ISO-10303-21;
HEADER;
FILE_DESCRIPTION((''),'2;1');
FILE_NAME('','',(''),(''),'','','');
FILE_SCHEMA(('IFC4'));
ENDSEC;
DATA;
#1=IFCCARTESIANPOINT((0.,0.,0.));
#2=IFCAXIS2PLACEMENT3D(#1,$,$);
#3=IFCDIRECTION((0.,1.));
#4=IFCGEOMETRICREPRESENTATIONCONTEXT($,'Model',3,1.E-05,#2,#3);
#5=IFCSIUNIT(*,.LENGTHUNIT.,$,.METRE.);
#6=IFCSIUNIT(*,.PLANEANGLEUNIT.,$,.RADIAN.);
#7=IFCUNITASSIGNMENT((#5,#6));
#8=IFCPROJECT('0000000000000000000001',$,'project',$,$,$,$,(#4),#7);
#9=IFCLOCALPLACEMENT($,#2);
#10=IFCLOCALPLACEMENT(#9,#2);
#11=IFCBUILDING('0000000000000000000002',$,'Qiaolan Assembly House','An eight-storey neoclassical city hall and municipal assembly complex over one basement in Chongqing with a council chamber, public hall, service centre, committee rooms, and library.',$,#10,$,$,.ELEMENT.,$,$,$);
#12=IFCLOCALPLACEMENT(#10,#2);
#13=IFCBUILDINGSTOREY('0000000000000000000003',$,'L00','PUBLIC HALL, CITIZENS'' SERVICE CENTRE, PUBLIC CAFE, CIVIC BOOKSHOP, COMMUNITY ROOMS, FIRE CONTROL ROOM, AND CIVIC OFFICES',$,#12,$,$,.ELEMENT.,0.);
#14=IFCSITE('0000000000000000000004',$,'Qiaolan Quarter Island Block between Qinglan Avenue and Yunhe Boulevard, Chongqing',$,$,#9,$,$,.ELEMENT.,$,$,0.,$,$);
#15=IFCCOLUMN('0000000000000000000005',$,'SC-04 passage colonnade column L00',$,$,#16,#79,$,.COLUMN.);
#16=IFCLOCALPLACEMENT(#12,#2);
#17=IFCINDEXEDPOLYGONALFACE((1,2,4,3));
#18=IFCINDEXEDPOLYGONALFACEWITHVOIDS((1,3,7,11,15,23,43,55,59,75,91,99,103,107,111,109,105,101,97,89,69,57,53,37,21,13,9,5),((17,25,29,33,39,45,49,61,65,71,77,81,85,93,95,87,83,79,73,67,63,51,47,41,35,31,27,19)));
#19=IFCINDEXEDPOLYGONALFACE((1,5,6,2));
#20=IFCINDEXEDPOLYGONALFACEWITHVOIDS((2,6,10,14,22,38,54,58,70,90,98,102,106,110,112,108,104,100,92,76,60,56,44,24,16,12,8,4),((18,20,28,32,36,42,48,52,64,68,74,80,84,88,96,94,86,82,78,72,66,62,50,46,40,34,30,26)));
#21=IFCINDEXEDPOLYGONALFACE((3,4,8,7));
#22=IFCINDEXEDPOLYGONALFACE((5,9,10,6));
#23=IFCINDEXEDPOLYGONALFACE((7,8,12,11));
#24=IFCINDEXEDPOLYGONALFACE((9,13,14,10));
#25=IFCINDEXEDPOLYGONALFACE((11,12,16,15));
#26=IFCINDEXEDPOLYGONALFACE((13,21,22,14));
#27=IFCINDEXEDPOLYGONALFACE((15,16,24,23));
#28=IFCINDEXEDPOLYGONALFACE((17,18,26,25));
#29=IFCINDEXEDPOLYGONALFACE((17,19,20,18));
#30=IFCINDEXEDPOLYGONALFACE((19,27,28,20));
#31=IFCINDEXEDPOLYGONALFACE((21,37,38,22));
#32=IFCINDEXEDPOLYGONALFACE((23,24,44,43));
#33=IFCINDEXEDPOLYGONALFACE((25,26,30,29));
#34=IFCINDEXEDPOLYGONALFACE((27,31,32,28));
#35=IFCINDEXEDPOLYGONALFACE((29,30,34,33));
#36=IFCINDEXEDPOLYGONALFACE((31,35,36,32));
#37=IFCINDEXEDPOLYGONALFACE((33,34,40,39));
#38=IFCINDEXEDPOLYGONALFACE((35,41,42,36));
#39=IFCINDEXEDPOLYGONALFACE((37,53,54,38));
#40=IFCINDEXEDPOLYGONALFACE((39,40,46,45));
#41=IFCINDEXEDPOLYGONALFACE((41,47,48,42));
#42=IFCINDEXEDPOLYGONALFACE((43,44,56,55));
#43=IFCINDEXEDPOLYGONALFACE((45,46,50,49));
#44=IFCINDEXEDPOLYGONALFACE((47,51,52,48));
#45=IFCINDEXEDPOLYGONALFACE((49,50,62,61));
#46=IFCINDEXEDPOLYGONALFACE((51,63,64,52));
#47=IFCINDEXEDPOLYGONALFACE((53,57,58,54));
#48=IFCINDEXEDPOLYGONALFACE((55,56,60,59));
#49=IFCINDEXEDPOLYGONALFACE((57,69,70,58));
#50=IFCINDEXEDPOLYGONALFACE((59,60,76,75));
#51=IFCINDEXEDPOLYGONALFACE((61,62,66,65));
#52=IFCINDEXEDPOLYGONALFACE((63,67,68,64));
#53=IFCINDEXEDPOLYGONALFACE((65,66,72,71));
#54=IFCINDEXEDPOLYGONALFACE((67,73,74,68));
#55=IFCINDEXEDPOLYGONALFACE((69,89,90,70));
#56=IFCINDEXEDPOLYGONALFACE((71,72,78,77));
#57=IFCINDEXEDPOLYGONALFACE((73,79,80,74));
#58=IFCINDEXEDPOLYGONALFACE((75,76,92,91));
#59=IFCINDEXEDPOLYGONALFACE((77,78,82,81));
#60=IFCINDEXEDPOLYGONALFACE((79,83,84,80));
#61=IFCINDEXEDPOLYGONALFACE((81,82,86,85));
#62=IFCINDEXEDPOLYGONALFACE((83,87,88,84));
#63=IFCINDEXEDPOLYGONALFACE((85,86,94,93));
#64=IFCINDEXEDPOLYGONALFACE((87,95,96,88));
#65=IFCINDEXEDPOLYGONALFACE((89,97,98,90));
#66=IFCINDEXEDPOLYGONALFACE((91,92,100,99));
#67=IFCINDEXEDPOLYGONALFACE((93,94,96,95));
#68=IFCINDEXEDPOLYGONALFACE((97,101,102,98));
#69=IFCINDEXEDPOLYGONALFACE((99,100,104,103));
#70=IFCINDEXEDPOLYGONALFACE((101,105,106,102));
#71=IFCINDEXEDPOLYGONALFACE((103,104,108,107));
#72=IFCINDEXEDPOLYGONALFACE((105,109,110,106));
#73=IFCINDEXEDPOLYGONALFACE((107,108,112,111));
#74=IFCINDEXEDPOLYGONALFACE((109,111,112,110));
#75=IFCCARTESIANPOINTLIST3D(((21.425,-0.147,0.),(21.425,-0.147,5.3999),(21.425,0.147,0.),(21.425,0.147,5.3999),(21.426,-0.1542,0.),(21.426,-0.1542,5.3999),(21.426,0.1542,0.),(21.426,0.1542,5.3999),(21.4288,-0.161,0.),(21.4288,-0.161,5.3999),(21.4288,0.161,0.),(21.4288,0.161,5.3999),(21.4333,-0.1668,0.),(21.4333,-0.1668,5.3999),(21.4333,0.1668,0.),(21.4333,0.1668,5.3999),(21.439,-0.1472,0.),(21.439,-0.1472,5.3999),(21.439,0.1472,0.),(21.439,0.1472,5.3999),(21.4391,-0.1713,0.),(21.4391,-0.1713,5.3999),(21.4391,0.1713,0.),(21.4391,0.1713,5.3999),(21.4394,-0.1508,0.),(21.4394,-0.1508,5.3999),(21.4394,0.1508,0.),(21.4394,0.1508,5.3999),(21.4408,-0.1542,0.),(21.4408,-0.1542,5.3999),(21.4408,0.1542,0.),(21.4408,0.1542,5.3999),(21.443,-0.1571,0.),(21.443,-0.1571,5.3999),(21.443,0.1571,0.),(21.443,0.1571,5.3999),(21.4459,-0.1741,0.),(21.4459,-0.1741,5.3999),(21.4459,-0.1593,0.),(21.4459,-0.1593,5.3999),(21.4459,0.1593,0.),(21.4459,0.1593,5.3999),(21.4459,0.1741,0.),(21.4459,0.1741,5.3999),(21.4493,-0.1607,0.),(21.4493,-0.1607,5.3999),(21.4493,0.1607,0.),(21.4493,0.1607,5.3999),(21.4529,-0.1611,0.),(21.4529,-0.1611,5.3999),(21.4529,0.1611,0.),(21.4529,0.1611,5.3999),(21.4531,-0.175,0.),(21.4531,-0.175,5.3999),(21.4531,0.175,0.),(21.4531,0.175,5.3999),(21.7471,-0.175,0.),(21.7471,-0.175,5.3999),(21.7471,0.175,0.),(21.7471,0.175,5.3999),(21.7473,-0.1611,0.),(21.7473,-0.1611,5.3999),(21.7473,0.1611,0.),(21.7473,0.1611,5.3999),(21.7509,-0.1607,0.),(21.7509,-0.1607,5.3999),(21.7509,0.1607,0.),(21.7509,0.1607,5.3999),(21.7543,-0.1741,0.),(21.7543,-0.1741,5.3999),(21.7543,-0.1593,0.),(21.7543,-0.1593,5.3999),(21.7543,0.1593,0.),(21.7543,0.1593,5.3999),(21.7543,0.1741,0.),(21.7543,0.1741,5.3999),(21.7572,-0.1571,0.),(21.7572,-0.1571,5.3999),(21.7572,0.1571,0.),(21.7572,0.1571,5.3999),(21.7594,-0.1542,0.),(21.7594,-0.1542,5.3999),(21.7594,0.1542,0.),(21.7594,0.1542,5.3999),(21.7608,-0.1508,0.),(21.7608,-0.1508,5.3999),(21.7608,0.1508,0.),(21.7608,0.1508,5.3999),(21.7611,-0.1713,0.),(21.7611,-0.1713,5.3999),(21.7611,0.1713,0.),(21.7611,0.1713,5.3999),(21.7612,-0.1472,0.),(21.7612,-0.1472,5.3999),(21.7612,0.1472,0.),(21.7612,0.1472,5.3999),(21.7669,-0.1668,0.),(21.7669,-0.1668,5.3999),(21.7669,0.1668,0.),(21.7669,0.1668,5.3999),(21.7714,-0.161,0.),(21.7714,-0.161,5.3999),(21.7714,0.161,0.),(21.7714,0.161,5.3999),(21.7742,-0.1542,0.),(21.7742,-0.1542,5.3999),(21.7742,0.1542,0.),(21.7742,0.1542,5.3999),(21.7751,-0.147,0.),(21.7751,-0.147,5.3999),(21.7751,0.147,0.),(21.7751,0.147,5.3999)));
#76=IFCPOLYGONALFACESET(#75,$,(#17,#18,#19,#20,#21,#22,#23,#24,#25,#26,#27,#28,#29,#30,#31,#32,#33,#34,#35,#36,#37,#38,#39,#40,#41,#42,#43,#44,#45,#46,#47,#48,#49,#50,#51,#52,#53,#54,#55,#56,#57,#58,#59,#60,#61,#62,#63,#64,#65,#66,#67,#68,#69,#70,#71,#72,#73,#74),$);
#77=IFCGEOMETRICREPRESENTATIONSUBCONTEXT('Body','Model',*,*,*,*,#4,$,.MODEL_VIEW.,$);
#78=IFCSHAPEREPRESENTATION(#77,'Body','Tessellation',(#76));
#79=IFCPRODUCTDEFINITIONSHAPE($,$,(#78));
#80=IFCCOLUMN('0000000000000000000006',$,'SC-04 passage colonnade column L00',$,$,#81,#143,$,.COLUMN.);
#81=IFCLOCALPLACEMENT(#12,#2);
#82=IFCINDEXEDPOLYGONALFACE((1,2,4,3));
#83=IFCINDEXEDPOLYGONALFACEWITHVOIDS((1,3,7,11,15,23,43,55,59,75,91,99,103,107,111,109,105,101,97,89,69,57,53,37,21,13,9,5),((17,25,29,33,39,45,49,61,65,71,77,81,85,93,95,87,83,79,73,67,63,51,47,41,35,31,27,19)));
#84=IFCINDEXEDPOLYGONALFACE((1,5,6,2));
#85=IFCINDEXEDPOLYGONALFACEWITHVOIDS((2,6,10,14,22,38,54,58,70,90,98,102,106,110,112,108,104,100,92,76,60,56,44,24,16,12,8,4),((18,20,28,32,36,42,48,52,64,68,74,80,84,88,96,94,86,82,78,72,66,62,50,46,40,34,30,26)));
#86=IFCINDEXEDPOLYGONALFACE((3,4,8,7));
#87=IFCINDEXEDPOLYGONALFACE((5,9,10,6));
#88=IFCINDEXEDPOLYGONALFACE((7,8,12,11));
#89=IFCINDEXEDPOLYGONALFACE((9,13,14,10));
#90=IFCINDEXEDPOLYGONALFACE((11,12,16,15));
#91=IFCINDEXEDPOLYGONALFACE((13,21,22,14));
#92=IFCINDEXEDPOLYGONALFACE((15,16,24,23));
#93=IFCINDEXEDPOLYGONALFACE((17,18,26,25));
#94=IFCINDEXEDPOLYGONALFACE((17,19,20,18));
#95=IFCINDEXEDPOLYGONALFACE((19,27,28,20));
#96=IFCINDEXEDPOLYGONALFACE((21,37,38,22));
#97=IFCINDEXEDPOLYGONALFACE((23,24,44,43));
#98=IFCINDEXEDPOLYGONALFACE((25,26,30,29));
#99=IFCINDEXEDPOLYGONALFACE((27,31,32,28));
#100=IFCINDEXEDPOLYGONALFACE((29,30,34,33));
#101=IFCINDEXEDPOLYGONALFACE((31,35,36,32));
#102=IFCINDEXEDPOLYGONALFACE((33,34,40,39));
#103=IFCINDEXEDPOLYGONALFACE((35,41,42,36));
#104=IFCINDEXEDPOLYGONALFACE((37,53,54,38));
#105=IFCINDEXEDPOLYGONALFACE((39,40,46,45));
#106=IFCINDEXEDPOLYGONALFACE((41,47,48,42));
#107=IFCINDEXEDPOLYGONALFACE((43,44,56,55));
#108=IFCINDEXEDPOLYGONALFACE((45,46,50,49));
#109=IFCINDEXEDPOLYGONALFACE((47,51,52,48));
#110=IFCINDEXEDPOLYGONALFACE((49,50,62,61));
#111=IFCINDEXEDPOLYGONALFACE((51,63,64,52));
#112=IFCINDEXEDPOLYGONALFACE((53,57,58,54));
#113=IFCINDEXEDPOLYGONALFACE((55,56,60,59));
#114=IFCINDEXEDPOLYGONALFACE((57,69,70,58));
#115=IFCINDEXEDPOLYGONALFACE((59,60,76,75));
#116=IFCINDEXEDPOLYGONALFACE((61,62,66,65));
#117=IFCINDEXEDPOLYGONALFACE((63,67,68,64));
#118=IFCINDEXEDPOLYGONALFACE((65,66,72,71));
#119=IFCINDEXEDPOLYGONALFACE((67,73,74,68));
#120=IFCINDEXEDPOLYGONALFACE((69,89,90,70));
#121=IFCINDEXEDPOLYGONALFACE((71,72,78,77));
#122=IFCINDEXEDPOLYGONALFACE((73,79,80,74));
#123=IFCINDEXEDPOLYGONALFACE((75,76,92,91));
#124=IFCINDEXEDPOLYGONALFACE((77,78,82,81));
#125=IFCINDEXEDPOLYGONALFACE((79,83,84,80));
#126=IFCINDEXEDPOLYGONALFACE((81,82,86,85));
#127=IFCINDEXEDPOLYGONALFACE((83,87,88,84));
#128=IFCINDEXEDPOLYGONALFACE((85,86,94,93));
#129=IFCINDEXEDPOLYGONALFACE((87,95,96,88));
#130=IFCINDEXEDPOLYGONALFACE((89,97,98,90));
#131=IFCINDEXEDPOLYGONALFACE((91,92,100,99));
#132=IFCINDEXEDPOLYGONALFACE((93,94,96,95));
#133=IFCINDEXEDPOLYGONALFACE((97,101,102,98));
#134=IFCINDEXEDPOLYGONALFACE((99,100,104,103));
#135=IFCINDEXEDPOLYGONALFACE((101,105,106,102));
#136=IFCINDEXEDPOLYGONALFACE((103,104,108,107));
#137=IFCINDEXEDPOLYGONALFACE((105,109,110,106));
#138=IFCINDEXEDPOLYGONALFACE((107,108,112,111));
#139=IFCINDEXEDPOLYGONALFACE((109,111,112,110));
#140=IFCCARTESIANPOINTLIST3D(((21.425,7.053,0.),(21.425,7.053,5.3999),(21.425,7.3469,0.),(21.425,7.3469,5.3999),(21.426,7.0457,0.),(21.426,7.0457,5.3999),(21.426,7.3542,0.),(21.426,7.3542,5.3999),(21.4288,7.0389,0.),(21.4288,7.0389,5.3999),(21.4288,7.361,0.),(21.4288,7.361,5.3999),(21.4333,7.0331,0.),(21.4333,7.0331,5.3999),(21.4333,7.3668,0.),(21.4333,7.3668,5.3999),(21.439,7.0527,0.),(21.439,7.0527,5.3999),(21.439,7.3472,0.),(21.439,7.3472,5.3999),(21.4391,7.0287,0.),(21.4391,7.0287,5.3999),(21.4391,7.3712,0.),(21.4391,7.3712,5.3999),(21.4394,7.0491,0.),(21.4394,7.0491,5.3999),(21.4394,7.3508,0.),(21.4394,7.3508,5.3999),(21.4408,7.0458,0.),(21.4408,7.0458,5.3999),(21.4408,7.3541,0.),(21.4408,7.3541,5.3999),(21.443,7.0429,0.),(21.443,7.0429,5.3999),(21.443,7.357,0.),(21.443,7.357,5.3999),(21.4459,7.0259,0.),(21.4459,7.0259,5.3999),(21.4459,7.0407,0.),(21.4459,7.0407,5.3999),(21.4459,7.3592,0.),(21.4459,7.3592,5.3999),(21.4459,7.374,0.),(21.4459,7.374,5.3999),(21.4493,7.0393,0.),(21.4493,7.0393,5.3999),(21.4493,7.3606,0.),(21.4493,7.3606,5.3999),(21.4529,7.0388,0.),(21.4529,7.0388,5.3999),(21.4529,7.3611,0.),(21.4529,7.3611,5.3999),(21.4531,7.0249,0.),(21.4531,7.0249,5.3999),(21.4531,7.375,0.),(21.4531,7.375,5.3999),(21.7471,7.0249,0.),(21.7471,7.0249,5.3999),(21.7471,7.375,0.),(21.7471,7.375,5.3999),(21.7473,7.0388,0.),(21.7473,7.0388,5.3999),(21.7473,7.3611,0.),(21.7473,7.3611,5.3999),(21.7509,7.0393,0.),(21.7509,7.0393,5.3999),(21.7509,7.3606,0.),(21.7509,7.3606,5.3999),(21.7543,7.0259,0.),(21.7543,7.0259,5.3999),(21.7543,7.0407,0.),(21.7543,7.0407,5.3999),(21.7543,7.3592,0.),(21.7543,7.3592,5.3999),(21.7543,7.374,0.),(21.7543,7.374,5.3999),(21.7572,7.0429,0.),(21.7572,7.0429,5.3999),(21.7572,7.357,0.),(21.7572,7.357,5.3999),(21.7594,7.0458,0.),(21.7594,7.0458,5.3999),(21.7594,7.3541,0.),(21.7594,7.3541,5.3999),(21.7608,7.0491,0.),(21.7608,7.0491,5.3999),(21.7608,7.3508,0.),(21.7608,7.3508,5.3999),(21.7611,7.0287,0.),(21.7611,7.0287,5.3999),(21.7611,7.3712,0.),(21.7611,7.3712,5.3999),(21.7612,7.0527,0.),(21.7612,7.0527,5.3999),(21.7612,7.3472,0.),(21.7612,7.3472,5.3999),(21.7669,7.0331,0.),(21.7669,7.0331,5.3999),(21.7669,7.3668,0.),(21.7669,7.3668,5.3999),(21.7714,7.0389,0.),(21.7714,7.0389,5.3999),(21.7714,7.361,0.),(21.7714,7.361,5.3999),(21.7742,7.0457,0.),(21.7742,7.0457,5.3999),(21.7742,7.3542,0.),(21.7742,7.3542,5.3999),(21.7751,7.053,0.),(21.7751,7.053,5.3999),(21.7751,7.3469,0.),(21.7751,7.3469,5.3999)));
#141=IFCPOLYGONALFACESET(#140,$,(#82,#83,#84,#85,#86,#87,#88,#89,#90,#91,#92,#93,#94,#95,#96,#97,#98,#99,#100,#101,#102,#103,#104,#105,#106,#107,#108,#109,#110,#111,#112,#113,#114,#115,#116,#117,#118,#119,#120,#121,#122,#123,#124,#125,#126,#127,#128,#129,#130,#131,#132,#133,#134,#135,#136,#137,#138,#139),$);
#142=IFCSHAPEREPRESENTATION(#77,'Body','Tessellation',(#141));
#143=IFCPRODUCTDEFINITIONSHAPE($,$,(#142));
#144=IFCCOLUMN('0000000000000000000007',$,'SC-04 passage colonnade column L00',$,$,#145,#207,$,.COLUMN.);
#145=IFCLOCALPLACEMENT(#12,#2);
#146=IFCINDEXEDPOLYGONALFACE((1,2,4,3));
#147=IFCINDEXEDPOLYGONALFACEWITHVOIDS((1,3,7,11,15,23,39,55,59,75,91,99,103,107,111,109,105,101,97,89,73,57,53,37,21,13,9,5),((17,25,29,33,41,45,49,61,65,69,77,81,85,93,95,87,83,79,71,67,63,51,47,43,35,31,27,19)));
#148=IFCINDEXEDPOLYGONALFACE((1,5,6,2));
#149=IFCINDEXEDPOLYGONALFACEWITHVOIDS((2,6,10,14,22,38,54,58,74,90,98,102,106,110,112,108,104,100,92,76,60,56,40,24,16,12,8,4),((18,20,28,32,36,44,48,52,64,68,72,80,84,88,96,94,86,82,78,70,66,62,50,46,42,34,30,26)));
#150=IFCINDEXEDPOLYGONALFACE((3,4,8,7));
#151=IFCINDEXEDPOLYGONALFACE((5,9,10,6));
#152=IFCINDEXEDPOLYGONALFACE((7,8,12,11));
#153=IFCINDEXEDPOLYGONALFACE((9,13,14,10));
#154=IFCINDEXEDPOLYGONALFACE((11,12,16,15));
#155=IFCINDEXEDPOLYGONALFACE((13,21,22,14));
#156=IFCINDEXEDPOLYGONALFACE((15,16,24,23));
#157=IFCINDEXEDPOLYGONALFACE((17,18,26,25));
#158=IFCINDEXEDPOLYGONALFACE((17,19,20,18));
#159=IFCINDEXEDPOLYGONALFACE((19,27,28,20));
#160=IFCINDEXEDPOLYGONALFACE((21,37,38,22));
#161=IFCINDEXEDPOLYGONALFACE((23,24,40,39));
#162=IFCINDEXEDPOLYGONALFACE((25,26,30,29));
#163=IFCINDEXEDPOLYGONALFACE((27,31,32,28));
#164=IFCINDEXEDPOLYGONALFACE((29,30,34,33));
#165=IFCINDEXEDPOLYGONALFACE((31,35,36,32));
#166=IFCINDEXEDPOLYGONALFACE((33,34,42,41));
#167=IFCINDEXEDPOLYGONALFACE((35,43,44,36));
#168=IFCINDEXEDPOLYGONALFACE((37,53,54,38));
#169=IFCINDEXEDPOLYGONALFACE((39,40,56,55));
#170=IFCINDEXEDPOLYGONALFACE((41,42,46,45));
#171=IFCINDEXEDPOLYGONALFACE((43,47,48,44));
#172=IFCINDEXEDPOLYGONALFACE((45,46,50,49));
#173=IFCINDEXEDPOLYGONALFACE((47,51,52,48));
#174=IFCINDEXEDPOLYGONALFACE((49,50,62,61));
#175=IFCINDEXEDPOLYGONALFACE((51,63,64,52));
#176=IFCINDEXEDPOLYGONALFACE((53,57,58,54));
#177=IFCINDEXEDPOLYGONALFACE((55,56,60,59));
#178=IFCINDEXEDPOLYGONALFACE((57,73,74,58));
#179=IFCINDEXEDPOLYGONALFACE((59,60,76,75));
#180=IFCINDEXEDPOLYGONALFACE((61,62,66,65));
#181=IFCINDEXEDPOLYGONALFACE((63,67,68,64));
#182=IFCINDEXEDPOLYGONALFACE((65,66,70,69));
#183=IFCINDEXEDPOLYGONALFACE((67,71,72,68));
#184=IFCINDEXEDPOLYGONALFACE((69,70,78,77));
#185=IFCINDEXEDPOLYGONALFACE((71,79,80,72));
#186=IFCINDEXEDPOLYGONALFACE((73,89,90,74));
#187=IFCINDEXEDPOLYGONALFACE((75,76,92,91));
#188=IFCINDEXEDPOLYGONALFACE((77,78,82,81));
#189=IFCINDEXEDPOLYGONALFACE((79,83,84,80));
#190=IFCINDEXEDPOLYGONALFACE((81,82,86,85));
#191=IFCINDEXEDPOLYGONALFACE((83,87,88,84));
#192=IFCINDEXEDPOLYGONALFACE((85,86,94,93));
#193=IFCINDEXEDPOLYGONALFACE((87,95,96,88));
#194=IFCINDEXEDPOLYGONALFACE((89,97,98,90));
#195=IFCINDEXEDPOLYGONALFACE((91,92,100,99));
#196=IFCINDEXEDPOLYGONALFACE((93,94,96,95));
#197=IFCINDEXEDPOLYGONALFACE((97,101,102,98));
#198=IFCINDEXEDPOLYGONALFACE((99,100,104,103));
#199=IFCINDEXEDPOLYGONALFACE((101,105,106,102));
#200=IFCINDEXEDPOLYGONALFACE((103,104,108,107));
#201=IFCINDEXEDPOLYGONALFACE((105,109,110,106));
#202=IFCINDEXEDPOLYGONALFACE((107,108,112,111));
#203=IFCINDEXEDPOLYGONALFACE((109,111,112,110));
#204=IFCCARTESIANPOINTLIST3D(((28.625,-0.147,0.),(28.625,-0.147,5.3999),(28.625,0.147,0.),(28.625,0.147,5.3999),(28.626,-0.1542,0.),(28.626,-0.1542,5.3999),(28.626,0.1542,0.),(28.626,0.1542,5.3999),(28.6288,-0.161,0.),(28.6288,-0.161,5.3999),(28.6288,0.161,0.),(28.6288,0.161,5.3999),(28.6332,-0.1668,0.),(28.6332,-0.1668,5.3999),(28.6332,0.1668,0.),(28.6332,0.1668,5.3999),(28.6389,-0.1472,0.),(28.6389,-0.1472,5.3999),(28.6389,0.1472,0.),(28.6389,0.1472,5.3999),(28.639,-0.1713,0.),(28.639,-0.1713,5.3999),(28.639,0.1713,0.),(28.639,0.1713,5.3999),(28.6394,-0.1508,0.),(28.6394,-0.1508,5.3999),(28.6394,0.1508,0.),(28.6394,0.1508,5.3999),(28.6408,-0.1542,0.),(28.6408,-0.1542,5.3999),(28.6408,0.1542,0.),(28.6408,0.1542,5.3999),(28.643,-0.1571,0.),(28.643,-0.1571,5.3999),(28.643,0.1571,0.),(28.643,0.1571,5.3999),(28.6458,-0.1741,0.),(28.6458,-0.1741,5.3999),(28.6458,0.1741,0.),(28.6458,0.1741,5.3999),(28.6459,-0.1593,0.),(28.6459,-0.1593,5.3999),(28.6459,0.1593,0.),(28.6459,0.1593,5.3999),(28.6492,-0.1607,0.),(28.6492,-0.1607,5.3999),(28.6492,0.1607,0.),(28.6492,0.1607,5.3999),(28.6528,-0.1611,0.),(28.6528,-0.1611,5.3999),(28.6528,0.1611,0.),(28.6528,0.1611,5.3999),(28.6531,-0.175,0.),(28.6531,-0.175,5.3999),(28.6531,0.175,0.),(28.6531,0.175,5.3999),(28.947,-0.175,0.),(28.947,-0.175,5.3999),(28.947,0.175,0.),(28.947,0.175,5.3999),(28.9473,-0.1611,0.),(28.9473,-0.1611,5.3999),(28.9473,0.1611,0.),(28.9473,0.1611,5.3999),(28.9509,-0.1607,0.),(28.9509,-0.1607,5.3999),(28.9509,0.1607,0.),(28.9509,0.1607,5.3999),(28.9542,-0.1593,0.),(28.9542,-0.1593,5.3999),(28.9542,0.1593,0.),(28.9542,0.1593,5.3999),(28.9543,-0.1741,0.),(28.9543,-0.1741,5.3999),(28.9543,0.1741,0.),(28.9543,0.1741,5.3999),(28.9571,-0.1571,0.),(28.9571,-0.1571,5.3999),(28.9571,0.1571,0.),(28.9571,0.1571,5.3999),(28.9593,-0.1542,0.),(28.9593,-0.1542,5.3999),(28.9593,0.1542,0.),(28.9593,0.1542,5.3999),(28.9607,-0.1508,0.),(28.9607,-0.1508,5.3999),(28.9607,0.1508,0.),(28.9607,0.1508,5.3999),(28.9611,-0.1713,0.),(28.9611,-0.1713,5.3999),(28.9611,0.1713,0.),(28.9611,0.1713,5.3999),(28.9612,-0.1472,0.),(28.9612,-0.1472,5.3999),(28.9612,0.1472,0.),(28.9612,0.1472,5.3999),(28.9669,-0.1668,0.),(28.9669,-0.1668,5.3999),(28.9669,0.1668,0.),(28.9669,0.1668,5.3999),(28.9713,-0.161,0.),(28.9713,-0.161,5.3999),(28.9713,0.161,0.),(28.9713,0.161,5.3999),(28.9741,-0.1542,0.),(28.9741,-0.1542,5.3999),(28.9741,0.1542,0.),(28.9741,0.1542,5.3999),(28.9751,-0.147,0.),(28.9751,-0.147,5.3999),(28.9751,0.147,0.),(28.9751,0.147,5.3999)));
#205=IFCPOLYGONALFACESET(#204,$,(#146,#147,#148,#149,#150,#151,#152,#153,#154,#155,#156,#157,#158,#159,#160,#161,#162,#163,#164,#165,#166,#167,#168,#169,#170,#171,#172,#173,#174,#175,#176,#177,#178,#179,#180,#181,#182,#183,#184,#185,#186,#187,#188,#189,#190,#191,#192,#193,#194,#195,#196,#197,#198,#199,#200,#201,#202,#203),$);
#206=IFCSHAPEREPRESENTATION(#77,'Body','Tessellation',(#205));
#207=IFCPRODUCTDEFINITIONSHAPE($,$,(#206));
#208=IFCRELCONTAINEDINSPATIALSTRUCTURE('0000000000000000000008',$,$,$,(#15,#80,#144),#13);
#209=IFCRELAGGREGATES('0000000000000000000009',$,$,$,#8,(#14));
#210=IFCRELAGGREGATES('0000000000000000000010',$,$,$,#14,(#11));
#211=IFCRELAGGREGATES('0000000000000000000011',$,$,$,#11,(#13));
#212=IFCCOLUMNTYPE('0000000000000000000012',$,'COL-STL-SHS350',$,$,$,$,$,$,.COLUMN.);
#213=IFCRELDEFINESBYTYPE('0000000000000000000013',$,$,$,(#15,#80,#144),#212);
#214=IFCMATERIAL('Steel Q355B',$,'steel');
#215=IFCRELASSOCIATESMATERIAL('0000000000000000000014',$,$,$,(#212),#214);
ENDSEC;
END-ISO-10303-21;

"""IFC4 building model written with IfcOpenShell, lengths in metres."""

from ifc_helpers import new_model, si_unit, direction, frame, origin, origin_2d, place, context, subcontext, project, spatial, hollow_rectangle, extrude, material, material_profile, profile_set, type_object, element, save


model = new_model("IFC4")

# Units and contexts
model_context = context("Model", 3, precision=1e-05, world=origin(), true_north=direction((0.0, 1.0)))
body_context = subcontext(model_context, "Body", "Model", "MODEL_VIEW")
ifc_project = project(units=[si_unit("LENGTHUNIT", "METRE"), si_unit("PLANEANGLEUNIT", "RADIAN")], contexts=[model_context])

# Site, building, storey
site_placement = place(None, origin())
site = spatial("IfcSite", under=ifc_project, at=site_placement, Name="Qiaolan Quarter Island Block between Qinglan Avenue and Yunhe Boulevard, Chongqing", CompositionType="ELEMENT", RefElevation=0.0)
building_placement = place(site_placement, origin())
building = spatial("IfcBuilding", under=site, at=building_placement, Name="Qiaolan Assembly House", Description="An eight-storey neoclassical city hall and municipal assembly complex over one basement in Chongqing with a council chamber, public hall, service centre, committee rooms, and library.", CompositionType="ELEMENT")
storey_placement = place(building_placement, origin())
storey = spatial("IfcBuildingStorey", under=building, at=storey_placement, Name="L00", Description="PUBLIC HALL, CITIZENS' SERVICE CENTRE, PUBLIC CAFE, CIVIC BOOKSHOP, COMMUNITY ROOMS, FIRE CONTROL ROOM, AND CIVIC OFFICES", CompositionType="ELEMENT", Elevation=0.0)

# Columns
ifc_material_1 = material(Name="Steel Q355B", Category="steel")
ifc_material_profile_1 = material_profile(ifc_material_1, hollow_rectangle(XDim=0.3501, YDim=0.3501, WallThickness=0.0139, InnerFilletRadius=0.0139, OuterFilletRadius=0.0281, at=origin_2d()), Name="SHS 350x350x14")
ifc_profile_set_1 = profile_set([ifc_material_profile_1], Name="Steel Q355B")
column_type = type_object("IfcColumnType", Name="COL-STL-SHS350", PredefinedType="COLUMN", material=ifc_profile_set_1)
for number, where, z_axis, x_axis, name in (
    (1, (21.6001, 0.0, 0.0), (0.0, 0.0, 1.0), (1.0, 0.0, 0.0), "SC-04 passage colonnade column L00"),
    (2, (21.6001, 7.2, 0.0), (0.0, 0.0, 1.0), (1.0, 0.0, 0.0), "SC-04 passage colonnade column L00"),
    (3, (28.8, 0.0, 0.0), (0.0, 0.0, 1.0), (1.0, 0.0, 0.0), "SC-04 passage colonnade column L00"),
):
    element("IfcColumn", number, at=place(storey_placement, frame(where, z_axis=z_axis, x_axis=x_axis)), inside=storey, type_object=column_type, Name=name, PredefinedType="COLUMN", context=body_context, shape_type="SweptSolid", body=[
        extrude(hollow_rectangle(XDim=0.3501, YDim=0.3501, WallThickness=0.0139, InnerFilletRadius=0.0139, OuterFilletRadius=0.0281, at=origin_2d()), origin(), (0.0, 0.0, 1.0), 5.3999),
    ])

save(model, "model.ifc")
